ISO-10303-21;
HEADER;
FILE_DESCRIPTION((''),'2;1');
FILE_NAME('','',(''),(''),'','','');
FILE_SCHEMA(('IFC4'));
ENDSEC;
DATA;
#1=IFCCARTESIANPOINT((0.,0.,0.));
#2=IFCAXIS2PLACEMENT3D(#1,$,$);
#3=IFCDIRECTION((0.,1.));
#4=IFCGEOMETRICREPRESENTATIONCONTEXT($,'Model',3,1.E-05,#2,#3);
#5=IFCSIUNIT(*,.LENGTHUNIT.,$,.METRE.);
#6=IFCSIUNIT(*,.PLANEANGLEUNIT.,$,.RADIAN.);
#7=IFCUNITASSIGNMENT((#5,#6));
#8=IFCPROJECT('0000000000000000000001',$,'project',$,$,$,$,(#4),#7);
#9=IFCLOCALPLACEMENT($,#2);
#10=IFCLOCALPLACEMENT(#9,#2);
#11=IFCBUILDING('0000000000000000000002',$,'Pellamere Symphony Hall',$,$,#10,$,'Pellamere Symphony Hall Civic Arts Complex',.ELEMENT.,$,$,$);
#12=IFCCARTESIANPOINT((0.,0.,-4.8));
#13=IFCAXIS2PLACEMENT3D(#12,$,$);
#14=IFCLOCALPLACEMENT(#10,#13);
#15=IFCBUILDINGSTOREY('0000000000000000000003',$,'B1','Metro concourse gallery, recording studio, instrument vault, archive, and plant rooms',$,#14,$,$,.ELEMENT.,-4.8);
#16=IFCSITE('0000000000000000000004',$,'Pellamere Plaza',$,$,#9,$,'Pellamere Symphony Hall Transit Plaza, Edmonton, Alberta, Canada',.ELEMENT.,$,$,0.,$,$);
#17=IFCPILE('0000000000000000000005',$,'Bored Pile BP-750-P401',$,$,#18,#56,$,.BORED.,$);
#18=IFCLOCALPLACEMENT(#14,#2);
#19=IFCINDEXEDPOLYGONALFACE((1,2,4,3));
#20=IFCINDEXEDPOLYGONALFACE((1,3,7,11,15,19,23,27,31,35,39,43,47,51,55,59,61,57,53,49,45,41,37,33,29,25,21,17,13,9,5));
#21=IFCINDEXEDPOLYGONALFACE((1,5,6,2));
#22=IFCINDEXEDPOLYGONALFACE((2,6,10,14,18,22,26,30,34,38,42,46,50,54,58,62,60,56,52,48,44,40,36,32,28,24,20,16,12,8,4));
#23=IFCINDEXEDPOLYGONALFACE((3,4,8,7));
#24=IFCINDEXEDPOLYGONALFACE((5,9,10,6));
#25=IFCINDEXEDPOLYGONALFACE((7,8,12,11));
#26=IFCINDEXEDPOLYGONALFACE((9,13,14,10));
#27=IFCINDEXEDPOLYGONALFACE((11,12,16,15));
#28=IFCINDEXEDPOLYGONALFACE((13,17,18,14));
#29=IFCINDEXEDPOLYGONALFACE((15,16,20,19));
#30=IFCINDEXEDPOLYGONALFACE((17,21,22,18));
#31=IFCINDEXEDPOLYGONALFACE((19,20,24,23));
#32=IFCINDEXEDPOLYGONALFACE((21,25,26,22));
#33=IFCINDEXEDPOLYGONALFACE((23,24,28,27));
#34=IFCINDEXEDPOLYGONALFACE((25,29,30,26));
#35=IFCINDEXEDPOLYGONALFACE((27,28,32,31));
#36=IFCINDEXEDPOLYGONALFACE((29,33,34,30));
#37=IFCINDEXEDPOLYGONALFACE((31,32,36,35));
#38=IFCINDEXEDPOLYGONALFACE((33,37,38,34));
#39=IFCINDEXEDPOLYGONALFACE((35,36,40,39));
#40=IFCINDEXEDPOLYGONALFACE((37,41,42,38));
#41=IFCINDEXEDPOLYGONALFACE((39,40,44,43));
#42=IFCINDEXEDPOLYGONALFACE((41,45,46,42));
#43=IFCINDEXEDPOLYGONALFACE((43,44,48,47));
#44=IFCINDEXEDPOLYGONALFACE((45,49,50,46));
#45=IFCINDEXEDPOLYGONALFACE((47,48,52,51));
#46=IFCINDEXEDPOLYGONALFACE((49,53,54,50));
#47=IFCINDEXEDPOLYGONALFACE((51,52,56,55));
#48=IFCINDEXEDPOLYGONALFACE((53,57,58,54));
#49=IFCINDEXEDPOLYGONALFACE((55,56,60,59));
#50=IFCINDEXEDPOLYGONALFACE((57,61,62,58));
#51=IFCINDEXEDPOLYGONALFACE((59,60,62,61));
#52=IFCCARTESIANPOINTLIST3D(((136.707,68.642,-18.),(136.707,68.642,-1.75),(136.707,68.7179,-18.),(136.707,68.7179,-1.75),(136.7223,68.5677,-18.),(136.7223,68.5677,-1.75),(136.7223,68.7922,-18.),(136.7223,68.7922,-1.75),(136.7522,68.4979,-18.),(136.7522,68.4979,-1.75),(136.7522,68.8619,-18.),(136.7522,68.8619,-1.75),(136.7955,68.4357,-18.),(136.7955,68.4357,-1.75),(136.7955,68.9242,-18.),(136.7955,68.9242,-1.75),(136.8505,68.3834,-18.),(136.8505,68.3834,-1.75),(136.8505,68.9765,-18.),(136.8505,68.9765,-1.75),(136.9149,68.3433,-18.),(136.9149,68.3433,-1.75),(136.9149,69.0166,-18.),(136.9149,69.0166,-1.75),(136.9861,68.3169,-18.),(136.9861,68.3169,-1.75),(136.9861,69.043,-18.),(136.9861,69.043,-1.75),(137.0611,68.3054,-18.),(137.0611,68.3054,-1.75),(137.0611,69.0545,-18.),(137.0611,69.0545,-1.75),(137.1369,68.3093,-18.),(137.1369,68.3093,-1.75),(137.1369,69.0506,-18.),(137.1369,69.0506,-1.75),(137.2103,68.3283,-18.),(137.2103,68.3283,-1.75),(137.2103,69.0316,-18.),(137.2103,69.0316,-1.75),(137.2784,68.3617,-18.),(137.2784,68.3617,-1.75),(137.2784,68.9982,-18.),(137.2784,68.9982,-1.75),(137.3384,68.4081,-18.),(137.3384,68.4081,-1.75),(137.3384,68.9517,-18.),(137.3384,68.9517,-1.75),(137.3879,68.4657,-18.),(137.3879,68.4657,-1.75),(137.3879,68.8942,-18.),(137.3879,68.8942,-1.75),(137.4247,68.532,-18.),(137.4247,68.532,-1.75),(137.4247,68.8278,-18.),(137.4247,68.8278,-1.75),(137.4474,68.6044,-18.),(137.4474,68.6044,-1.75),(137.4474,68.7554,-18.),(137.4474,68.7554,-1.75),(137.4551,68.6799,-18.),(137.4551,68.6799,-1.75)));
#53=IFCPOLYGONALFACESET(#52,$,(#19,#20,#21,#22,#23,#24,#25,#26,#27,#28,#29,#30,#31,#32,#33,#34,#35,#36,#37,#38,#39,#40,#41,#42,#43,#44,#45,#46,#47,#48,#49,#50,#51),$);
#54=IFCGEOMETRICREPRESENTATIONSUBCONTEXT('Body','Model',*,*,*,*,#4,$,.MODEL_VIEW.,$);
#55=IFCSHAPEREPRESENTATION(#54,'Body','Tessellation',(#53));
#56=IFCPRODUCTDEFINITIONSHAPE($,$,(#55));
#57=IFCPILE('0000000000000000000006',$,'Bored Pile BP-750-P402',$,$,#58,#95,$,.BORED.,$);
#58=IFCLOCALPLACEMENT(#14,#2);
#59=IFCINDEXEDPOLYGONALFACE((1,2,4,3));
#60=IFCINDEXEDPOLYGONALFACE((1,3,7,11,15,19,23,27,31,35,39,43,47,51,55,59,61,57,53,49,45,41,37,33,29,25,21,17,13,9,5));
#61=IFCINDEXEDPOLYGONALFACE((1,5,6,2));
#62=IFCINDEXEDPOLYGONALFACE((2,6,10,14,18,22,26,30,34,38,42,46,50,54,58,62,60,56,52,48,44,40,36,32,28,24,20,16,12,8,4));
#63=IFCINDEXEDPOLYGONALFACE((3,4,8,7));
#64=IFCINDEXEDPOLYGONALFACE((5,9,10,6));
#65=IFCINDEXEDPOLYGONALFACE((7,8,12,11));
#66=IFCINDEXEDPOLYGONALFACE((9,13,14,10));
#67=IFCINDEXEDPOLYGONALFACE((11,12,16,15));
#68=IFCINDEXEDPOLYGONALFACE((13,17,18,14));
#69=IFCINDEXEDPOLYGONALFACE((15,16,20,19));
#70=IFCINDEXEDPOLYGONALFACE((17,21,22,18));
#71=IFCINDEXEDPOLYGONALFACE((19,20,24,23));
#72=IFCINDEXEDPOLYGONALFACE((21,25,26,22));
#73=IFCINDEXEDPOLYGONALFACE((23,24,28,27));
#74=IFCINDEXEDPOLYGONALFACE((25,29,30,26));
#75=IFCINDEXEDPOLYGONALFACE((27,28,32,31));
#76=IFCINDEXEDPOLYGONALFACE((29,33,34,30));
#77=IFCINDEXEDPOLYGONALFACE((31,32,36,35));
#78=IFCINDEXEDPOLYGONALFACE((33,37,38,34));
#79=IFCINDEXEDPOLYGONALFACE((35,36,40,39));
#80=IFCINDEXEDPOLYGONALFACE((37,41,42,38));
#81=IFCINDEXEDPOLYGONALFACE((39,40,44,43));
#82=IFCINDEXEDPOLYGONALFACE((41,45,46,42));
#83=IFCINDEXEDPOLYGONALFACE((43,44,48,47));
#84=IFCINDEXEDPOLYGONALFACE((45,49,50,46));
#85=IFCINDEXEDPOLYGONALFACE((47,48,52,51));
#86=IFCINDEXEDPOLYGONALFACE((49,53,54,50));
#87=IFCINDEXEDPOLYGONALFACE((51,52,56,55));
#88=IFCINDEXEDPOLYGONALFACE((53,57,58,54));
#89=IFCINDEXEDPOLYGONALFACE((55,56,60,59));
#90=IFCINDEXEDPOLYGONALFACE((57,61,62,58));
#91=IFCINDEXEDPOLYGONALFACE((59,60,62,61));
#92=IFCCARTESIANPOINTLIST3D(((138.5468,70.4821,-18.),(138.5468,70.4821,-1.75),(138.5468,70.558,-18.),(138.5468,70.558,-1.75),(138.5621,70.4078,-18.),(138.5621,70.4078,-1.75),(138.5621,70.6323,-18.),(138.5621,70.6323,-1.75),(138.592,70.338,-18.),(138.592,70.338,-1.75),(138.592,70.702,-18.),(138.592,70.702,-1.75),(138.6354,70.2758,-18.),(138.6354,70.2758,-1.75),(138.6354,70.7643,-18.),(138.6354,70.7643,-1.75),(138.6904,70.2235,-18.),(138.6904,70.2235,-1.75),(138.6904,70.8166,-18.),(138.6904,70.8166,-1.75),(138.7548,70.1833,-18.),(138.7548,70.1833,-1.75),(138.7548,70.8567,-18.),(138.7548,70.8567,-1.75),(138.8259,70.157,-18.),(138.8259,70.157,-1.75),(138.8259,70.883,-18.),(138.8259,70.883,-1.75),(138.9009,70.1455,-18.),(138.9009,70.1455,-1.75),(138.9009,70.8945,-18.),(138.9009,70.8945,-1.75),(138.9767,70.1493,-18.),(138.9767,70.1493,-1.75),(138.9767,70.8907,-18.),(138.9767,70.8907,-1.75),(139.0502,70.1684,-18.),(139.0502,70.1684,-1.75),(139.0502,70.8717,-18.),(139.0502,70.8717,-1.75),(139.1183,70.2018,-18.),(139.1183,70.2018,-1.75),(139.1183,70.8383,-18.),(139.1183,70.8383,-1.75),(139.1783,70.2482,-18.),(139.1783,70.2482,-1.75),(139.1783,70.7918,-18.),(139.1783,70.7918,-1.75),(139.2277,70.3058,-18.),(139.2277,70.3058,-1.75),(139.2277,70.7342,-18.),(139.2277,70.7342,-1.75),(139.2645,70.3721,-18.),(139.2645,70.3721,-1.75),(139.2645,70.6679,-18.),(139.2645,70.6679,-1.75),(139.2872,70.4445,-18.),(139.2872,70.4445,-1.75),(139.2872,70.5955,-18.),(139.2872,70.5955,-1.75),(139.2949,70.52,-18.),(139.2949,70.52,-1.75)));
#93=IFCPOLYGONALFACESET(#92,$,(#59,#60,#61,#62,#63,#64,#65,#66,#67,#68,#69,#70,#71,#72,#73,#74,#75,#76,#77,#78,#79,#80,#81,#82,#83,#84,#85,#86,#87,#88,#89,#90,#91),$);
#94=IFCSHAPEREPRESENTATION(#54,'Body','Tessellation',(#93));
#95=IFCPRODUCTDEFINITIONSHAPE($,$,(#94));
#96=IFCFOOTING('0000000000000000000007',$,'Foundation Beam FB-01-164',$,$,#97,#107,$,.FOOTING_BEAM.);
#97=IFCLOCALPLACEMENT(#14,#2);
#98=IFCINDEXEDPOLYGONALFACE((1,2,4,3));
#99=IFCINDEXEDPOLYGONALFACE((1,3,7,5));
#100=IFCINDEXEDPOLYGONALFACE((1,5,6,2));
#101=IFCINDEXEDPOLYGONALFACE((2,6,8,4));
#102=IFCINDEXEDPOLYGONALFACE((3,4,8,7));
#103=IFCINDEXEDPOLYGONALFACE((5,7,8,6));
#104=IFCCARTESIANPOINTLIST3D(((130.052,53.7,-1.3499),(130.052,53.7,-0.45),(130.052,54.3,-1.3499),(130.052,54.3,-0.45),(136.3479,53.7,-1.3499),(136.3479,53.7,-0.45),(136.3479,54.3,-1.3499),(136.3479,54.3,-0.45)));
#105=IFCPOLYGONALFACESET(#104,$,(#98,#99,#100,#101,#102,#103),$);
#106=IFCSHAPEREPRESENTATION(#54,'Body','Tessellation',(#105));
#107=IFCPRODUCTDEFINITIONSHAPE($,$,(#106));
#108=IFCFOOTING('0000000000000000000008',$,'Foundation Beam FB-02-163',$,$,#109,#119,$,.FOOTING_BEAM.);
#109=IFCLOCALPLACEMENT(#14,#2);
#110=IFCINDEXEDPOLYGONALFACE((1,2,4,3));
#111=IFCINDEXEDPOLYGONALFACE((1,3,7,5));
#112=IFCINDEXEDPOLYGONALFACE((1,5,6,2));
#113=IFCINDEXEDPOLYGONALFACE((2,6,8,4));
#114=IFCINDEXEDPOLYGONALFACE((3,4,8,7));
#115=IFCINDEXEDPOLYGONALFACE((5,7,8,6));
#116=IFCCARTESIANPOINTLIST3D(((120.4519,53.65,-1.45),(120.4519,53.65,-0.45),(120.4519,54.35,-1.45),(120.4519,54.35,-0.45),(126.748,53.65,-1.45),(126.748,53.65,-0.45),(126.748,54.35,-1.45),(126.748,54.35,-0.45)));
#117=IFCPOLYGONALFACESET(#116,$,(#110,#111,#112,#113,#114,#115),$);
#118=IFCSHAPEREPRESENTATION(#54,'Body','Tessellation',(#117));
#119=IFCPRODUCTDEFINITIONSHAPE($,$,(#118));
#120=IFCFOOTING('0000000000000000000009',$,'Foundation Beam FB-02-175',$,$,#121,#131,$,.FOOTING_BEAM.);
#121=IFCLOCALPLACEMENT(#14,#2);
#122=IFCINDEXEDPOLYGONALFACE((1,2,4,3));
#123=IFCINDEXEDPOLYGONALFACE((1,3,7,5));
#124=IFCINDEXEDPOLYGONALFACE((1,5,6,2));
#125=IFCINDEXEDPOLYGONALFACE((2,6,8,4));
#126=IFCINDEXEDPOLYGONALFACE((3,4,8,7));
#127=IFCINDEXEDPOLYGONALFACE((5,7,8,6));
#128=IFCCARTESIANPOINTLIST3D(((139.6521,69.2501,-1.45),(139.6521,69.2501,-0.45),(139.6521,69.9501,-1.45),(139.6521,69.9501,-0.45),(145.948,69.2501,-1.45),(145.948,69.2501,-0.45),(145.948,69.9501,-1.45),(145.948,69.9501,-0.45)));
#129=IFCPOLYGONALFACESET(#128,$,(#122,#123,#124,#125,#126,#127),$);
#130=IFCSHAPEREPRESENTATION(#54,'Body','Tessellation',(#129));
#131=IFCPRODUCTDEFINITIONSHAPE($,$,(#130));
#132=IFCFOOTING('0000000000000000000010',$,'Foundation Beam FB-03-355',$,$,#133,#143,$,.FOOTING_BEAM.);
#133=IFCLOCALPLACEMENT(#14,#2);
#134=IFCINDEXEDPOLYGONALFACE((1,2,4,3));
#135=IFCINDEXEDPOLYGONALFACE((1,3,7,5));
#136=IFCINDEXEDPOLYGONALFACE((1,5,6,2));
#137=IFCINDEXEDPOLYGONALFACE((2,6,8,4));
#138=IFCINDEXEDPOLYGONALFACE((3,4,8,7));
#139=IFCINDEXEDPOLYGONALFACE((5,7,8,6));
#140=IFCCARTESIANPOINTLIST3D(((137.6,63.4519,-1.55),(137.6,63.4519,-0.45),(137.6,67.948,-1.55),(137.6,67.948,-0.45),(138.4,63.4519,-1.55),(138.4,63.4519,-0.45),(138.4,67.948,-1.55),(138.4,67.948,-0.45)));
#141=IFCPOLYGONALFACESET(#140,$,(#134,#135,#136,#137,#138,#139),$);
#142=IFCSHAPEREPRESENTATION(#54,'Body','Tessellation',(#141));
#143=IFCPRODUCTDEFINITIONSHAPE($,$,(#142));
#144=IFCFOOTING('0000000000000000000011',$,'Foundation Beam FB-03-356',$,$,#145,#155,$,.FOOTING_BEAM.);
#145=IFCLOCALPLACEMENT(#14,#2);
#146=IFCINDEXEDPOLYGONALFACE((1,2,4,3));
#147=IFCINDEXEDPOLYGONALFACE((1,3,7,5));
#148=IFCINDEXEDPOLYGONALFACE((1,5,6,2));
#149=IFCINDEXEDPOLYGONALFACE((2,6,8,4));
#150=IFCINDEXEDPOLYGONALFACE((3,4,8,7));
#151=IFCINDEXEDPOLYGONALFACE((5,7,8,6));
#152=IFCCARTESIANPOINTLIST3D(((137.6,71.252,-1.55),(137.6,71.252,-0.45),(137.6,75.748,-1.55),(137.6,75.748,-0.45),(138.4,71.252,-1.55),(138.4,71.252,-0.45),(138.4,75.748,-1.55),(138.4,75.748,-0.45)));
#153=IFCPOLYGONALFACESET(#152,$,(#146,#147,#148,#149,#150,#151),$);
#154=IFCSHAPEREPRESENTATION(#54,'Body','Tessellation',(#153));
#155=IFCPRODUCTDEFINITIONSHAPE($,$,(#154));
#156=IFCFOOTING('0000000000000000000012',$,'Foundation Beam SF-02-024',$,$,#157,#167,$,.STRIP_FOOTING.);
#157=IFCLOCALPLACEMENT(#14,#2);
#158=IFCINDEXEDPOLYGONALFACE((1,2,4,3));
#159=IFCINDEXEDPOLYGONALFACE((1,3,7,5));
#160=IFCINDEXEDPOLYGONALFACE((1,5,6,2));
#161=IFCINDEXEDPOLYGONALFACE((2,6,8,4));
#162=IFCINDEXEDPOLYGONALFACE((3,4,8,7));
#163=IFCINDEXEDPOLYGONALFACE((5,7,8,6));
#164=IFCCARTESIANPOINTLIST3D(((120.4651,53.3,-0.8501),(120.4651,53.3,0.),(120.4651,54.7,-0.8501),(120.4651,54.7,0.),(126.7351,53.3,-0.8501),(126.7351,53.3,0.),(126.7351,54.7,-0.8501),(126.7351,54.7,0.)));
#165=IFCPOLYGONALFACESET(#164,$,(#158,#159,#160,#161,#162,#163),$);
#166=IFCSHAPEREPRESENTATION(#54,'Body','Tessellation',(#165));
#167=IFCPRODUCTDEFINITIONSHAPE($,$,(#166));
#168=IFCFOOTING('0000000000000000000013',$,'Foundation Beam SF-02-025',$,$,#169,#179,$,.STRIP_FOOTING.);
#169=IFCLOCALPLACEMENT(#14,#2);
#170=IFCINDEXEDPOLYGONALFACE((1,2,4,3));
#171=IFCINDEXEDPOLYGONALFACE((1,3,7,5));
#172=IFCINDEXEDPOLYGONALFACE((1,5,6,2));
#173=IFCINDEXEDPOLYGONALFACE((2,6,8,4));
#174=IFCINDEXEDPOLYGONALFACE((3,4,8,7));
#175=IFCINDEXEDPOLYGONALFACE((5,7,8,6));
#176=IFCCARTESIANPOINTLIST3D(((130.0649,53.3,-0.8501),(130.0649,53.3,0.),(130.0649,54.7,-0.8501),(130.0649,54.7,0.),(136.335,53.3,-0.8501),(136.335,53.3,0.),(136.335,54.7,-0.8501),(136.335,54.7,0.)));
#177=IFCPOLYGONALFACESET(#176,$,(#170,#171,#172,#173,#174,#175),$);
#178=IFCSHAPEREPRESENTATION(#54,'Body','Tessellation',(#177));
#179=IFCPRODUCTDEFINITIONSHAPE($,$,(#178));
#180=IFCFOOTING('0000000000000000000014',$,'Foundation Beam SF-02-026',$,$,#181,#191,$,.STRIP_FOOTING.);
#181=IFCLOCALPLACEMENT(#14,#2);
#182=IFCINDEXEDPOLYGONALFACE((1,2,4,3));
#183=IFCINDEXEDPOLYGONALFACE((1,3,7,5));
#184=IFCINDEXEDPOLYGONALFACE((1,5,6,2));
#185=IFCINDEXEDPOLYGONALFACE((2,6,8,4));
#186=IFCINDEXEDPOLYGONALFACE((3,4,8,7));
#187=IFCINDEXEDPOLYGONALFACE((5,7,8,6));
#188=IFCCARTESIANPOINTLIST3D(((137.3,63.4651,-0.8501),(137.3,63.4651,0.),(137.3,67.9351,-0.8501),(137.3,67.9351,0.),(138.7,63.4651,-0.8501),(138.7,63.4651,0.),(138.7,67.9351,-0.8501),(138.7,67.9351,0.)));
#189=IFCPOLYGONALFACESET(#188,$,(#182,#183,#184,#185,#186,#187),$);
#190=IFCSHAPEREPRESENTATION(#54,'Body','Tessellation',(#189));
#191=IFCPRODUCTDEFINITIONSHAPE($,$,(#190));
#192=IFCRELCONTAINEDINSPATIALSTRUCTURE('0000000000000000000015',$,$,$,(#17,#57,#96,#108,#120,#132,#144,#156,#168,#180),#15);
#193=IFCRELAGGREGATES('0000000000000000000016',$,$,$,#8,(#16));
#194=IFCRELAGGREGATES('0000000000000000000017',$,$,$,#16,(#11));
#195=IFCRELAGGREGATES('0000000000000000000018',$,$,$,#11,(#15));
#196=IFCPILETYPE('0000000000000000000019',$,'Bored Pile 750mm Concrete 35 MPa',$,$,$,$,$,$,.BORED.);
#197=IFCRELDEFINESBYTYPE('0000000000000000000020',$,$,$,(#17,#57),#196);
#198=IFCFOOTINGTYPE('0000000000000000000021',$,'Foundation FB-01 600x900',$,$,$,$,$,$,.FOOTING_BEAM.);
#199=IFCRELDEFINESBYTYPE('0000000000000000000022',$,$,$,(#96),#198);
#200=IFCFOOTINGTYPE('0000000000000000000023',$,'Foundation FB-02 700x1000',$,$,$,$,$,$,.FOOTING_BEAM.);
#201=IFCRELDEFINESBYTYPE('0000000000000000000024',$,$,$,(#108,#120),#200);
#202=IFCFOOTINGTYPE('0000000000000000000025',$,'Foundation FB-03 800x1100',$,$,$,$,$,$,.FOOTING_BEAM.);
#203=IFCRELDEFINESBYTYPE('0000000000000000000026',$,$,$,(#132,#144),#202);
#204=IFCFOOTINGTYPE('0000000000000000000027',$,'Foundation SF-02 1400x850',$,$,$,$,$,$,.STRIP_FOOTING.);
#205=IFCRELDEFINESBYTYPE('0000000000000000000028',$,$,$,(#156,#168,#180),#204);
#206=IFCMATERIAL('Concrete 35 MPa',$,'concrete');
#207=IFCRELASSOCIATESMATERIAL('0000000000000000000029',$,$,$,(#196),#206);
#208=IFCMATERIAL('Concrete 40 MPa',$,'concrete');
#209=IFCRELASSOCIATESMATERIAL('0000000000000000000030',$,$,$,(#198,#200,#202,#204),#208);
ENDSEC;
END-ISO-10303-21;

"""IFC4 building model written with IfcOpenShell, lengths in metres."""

from ifc_helpers import new_model, si_unit, direction, frame, origin, origin_2d, place, context, subcontext, project, spatial, rectangle, circle, extrude, material, material_profile, profile_set, type_object, element, save


model = new_model("IFC4")

# Units and contexts
model_context = context("Model", 3, precision=1e-05, world=origin(), true_north=direction((0.0, 1.0)))
body_context = subcontext(model_context, "Body", "Model", "MODEL_VIEW")
ifc_project = project(units=[si_unit("LENGTHUNIT", "METRE"), si_unit("PLANEANGLEUNIT", "RADIAN")], contexts=[model_context])

# Site, building, storey
site_placement = place(None, origin())
site = spatial("IfcSite", under=ifc_project, at=site_placement, Name="Pellamere Plaza", LongName="Pellamere Symphony Hall Transit Plaza, Edmonton, Alberta, Canada", CompositionType="ELEMENT", RefElevation=0.0)
building_placement = place(site_placement, origin())
building = spatial("IfcBuilding", under=site, at=building_placement, Name="Pellamere Symphony Hall", LongName="Pellamere Symphony Hall Civic Arts Complex", CompositionType="ELEMENT")
storey_placement = place(building_placement, frame((0.0, 0.0, -4.8)))
storey = spatial("IfcBuildingStorey", under=building, at=storey_placement, Name="B1", Description="Metro concourse gallery, recording studio, instrument vault, archive, and plant rooms", CompositionType="ELEMENT", Elevation=-4.8)

# Piles
ifc_material_1 = material(Name="Concrete 40 MPa", Category="concrete")
ifc_material_2 = material(Name="Concrete 35 MPa", Category="concrete")
ifc_material_profile_1 = material_profile(ifc_material_2, circle(Radius=0.375, at=origin_2d()), Name="PILE D750")
ifc_profile_set_1 = profile_set([ifc_material_profile_1], Name="Concrete 35 MPa")
pile_type_1 = type_object("IfcPileType", Name="Bored Pile 750mm Concrete 35 MPa", PredefinedType="BORED", material=ifc_profile_set_1)
for number, where, z_axis, x_axis, name in (
    (1, (137.0801, 68.6799, -1.75), (0.0, 0.0, -1.0), (1.0, 0.0, 0.0), "Bored Pile BP-750-P401"),
    (2, (138.9199, 70.52, -1.75), (0.0, 0.0, -1.0), (1.0, 0.0, 0.0), "Bored Pile BP-750-P402"),
):
    element("IfcPile", number, at=place(storey_placement, frame(where, z_axis=z_axis, x_axis=x_axis)), inside=storey, type_object=pile_type_1, Name=name, PredefinedType="BORED", context=body_context, shape_type="SweptSolid", body=[
        extrude(circle(Radius=0.375, at=origin_2d()), origin(), (0.0, 0.0, 1.0), 16.25),
    ])

# Footings
ifc_material_profile_2 = material_profile(ifc_material_1, rectangle(XDim=0.6001, YDim=0.8999, at=origin_2d()), Name="RC 600x900")
ifc_profile_set_2 = profile_set([ifc_material_profile_2], Name="Concrete 40 MPa")
footing_type_1 = type_object("IfcFootingType", Name="Foundation FB-01 600x900", PredefinedType="FOOTING_BEAM", material=ifc_profile_set_2)
footing_1_placement = place(storey_placement, frame((130.052, 54.0, -0.8999), z_axis=(1.0, 0.0, 0.0), x_axis=(0.0, 1.0, 0.0)))
element("IfcFooting", 3, at=footing_1_placement, inside=storey, type_object=footing_type_1, Name="Foundation Beam FB-01-164", PredefinedType="FOOTING_BEAM", context=body_context, shape_type="SweptSolid", body=[
    extrude(rectangle(XDim=0.6001, YDim=0.8999, at=origin_2d()), origin(), (0.0, 0.0, 1.0), 6.2959),
])
ifc_material_profile_3 = material_profile(ifc_material_1, rectangle(XDim=0.7, YDim=1.0, at=origin_2d()), Name="RC 700x1000")
ifc_profile_set_3 = profile_set([ifc_material_profile_3], Name="Concrete 40 MPa")
footing_type_2 = type_object("IfcFootingType", Name="Foundation FB-02 700x1000", PredefinedType="FOOTING_BEAM", material=ifc_profile_set_3)
footing_2_placement = place(storey_placement, frame((120.4519, 54.0, -0.95), z_axis=(1.0, 0.0, 0.0), x_axis=(0.0, 1.0, 0.0)))
element("IfcFooting", 4, at=footing_2_placement, inside=storey, type_object=footing_type_2, Name="Foundation Beam FB-02-163", PredefinedType="FOOTING_BEAM", context=body_context, shape_type="SweptSolid", body=[
    extrude(rectangle(XDim=0.7, YDim=1.0, at=origin_2d()), origin(), (0.0, 0.0, 1.0), 6.2961),
])
footing_3_placement = place(storey_placement, frame((139.6521, 69.6001, -0.95), z_axis=(1.0, 0.0, 0.0), x_axis=(0.0, 1.0, 0.0)))
element("IfcFooting", 5, at=footing_3_placement, inside=storey, type_object=footing_type_2, Name="Foundation Beam FB-02-175", PredefinedType="FOOTING_BEAM", context=body_context, shape_type="SweptSolid", body=[
    extrude(rectangle(XDim=0.7, YDim=1.0, at=origin_2d()), origin(), (0.0, 0.0, 1.0), 6.2959),
])
ifc_material_profile_4 = material_profile(ifc_material_1, rectangle(XDim=0.8, YDim=1.1001, at=origin_2d()), Name="RC 800x1100")
ifc_profile_set_4 = profile_set([ifc_material_profile_4], Name="Concrete 40 MPa")
footing_type_3 = type_object("IfcFootingType", Name="Foundation FB-03 800x1100", PredefinedType="FOOTING_BEAM", material=ifc_profile_set_4)
for number, where, z_axis, x_axis, name in (
    (6, (138.0, 63.4519, -1.0), (0.0, 1.0, 0.0), (-1.0, 0.0, 0.0), "Foundation Beam FB-03-355"),
    (7, (138.0, 71.252, -1.0), (0.0, 1.0, 0.0), (-1.0, 0.0, 0.0), "Foundation Beam FB-03-356"),
):
    element("IfcFooting", number, at=place(storey_placement, frame(where, z_axis=z_axis, x_axis=x_axis)), inside=storey, type_object=footing_type_3, Name=name, PredefinedType="FOOTING_BEAM", context=body_context, shape_type="SweptSolid", body=[
        extrude(rectangle(XDim=0.8, YDim=1.1001, at=origin_2d()), origin(), (0.0, 0.0, 1.0), 4.4961),
    ])
ifc_material_profile_5 = material_profile(ifc_material_1, rectangle(XDim=1.3999, YDim=0.8501, at=origin_2d()), Name="RC 1400x850")
ifc_profile_set_5 = profile_set([ifc_material_profile_5], Name="Concrete 40 MPa")
footing_type_4 = type_object("IfcFootingType", Name="Foundation SF-02 1400x850", PredefinedType="STRIP_FOOTING", material=ifc_profile_set_5)
for number, where, z_axis, x_axis, name in (
    (8, (120.4651, 54.0, -0.425), (1.0, 0.0, 0.0), (0.0, 1.0, 0.0), "Foundation Beam SF-02-024"),
    (9, (130.0649, 54.0, -0.425), (1.0, 0.0, 0.0), (0.0, 1.0, 0.0), "Foundation Beam SF-02-025"),
):
    element("IfcFooting", number, at=place(storey_placement, frame(where, z_axis=z_axis, x_axis=x_axis)), inside=storey, type_object=footing_type_4, Name=name, PredefinedType="STRIP_FOOTING", context=body_context, shape_type="SweptSolid", body=[
        extrude(rectangle(XDim=1.3999, YDim=0.8501, at=origin_2d()), origin(), (0.0, 0.0, 1.0), 6.27),
    ])
footing_4_placement = place(storey_placement, frame((138.0, 63.4651, -0.425), z_axis=(0.0, 1.0, 0.0), x_axis=(-1.0, 0.0, 0.0)))
element("IfcFooting", 10, at=footing_4_placement, inside=storey, type_object=footing_type_4, Name="Foundation Beam SF-02-026", PredefinedType="STRIP_FOOTING", context=body_context, shape_type="SweptSolid", body=[
    extrude(rectangle(XDim=1.3999, YDim=0.8501, at=origin_2d()), origin(), (0.0, 0.0, 1.0), 4.47),
])

save(model, "model.ifc")
